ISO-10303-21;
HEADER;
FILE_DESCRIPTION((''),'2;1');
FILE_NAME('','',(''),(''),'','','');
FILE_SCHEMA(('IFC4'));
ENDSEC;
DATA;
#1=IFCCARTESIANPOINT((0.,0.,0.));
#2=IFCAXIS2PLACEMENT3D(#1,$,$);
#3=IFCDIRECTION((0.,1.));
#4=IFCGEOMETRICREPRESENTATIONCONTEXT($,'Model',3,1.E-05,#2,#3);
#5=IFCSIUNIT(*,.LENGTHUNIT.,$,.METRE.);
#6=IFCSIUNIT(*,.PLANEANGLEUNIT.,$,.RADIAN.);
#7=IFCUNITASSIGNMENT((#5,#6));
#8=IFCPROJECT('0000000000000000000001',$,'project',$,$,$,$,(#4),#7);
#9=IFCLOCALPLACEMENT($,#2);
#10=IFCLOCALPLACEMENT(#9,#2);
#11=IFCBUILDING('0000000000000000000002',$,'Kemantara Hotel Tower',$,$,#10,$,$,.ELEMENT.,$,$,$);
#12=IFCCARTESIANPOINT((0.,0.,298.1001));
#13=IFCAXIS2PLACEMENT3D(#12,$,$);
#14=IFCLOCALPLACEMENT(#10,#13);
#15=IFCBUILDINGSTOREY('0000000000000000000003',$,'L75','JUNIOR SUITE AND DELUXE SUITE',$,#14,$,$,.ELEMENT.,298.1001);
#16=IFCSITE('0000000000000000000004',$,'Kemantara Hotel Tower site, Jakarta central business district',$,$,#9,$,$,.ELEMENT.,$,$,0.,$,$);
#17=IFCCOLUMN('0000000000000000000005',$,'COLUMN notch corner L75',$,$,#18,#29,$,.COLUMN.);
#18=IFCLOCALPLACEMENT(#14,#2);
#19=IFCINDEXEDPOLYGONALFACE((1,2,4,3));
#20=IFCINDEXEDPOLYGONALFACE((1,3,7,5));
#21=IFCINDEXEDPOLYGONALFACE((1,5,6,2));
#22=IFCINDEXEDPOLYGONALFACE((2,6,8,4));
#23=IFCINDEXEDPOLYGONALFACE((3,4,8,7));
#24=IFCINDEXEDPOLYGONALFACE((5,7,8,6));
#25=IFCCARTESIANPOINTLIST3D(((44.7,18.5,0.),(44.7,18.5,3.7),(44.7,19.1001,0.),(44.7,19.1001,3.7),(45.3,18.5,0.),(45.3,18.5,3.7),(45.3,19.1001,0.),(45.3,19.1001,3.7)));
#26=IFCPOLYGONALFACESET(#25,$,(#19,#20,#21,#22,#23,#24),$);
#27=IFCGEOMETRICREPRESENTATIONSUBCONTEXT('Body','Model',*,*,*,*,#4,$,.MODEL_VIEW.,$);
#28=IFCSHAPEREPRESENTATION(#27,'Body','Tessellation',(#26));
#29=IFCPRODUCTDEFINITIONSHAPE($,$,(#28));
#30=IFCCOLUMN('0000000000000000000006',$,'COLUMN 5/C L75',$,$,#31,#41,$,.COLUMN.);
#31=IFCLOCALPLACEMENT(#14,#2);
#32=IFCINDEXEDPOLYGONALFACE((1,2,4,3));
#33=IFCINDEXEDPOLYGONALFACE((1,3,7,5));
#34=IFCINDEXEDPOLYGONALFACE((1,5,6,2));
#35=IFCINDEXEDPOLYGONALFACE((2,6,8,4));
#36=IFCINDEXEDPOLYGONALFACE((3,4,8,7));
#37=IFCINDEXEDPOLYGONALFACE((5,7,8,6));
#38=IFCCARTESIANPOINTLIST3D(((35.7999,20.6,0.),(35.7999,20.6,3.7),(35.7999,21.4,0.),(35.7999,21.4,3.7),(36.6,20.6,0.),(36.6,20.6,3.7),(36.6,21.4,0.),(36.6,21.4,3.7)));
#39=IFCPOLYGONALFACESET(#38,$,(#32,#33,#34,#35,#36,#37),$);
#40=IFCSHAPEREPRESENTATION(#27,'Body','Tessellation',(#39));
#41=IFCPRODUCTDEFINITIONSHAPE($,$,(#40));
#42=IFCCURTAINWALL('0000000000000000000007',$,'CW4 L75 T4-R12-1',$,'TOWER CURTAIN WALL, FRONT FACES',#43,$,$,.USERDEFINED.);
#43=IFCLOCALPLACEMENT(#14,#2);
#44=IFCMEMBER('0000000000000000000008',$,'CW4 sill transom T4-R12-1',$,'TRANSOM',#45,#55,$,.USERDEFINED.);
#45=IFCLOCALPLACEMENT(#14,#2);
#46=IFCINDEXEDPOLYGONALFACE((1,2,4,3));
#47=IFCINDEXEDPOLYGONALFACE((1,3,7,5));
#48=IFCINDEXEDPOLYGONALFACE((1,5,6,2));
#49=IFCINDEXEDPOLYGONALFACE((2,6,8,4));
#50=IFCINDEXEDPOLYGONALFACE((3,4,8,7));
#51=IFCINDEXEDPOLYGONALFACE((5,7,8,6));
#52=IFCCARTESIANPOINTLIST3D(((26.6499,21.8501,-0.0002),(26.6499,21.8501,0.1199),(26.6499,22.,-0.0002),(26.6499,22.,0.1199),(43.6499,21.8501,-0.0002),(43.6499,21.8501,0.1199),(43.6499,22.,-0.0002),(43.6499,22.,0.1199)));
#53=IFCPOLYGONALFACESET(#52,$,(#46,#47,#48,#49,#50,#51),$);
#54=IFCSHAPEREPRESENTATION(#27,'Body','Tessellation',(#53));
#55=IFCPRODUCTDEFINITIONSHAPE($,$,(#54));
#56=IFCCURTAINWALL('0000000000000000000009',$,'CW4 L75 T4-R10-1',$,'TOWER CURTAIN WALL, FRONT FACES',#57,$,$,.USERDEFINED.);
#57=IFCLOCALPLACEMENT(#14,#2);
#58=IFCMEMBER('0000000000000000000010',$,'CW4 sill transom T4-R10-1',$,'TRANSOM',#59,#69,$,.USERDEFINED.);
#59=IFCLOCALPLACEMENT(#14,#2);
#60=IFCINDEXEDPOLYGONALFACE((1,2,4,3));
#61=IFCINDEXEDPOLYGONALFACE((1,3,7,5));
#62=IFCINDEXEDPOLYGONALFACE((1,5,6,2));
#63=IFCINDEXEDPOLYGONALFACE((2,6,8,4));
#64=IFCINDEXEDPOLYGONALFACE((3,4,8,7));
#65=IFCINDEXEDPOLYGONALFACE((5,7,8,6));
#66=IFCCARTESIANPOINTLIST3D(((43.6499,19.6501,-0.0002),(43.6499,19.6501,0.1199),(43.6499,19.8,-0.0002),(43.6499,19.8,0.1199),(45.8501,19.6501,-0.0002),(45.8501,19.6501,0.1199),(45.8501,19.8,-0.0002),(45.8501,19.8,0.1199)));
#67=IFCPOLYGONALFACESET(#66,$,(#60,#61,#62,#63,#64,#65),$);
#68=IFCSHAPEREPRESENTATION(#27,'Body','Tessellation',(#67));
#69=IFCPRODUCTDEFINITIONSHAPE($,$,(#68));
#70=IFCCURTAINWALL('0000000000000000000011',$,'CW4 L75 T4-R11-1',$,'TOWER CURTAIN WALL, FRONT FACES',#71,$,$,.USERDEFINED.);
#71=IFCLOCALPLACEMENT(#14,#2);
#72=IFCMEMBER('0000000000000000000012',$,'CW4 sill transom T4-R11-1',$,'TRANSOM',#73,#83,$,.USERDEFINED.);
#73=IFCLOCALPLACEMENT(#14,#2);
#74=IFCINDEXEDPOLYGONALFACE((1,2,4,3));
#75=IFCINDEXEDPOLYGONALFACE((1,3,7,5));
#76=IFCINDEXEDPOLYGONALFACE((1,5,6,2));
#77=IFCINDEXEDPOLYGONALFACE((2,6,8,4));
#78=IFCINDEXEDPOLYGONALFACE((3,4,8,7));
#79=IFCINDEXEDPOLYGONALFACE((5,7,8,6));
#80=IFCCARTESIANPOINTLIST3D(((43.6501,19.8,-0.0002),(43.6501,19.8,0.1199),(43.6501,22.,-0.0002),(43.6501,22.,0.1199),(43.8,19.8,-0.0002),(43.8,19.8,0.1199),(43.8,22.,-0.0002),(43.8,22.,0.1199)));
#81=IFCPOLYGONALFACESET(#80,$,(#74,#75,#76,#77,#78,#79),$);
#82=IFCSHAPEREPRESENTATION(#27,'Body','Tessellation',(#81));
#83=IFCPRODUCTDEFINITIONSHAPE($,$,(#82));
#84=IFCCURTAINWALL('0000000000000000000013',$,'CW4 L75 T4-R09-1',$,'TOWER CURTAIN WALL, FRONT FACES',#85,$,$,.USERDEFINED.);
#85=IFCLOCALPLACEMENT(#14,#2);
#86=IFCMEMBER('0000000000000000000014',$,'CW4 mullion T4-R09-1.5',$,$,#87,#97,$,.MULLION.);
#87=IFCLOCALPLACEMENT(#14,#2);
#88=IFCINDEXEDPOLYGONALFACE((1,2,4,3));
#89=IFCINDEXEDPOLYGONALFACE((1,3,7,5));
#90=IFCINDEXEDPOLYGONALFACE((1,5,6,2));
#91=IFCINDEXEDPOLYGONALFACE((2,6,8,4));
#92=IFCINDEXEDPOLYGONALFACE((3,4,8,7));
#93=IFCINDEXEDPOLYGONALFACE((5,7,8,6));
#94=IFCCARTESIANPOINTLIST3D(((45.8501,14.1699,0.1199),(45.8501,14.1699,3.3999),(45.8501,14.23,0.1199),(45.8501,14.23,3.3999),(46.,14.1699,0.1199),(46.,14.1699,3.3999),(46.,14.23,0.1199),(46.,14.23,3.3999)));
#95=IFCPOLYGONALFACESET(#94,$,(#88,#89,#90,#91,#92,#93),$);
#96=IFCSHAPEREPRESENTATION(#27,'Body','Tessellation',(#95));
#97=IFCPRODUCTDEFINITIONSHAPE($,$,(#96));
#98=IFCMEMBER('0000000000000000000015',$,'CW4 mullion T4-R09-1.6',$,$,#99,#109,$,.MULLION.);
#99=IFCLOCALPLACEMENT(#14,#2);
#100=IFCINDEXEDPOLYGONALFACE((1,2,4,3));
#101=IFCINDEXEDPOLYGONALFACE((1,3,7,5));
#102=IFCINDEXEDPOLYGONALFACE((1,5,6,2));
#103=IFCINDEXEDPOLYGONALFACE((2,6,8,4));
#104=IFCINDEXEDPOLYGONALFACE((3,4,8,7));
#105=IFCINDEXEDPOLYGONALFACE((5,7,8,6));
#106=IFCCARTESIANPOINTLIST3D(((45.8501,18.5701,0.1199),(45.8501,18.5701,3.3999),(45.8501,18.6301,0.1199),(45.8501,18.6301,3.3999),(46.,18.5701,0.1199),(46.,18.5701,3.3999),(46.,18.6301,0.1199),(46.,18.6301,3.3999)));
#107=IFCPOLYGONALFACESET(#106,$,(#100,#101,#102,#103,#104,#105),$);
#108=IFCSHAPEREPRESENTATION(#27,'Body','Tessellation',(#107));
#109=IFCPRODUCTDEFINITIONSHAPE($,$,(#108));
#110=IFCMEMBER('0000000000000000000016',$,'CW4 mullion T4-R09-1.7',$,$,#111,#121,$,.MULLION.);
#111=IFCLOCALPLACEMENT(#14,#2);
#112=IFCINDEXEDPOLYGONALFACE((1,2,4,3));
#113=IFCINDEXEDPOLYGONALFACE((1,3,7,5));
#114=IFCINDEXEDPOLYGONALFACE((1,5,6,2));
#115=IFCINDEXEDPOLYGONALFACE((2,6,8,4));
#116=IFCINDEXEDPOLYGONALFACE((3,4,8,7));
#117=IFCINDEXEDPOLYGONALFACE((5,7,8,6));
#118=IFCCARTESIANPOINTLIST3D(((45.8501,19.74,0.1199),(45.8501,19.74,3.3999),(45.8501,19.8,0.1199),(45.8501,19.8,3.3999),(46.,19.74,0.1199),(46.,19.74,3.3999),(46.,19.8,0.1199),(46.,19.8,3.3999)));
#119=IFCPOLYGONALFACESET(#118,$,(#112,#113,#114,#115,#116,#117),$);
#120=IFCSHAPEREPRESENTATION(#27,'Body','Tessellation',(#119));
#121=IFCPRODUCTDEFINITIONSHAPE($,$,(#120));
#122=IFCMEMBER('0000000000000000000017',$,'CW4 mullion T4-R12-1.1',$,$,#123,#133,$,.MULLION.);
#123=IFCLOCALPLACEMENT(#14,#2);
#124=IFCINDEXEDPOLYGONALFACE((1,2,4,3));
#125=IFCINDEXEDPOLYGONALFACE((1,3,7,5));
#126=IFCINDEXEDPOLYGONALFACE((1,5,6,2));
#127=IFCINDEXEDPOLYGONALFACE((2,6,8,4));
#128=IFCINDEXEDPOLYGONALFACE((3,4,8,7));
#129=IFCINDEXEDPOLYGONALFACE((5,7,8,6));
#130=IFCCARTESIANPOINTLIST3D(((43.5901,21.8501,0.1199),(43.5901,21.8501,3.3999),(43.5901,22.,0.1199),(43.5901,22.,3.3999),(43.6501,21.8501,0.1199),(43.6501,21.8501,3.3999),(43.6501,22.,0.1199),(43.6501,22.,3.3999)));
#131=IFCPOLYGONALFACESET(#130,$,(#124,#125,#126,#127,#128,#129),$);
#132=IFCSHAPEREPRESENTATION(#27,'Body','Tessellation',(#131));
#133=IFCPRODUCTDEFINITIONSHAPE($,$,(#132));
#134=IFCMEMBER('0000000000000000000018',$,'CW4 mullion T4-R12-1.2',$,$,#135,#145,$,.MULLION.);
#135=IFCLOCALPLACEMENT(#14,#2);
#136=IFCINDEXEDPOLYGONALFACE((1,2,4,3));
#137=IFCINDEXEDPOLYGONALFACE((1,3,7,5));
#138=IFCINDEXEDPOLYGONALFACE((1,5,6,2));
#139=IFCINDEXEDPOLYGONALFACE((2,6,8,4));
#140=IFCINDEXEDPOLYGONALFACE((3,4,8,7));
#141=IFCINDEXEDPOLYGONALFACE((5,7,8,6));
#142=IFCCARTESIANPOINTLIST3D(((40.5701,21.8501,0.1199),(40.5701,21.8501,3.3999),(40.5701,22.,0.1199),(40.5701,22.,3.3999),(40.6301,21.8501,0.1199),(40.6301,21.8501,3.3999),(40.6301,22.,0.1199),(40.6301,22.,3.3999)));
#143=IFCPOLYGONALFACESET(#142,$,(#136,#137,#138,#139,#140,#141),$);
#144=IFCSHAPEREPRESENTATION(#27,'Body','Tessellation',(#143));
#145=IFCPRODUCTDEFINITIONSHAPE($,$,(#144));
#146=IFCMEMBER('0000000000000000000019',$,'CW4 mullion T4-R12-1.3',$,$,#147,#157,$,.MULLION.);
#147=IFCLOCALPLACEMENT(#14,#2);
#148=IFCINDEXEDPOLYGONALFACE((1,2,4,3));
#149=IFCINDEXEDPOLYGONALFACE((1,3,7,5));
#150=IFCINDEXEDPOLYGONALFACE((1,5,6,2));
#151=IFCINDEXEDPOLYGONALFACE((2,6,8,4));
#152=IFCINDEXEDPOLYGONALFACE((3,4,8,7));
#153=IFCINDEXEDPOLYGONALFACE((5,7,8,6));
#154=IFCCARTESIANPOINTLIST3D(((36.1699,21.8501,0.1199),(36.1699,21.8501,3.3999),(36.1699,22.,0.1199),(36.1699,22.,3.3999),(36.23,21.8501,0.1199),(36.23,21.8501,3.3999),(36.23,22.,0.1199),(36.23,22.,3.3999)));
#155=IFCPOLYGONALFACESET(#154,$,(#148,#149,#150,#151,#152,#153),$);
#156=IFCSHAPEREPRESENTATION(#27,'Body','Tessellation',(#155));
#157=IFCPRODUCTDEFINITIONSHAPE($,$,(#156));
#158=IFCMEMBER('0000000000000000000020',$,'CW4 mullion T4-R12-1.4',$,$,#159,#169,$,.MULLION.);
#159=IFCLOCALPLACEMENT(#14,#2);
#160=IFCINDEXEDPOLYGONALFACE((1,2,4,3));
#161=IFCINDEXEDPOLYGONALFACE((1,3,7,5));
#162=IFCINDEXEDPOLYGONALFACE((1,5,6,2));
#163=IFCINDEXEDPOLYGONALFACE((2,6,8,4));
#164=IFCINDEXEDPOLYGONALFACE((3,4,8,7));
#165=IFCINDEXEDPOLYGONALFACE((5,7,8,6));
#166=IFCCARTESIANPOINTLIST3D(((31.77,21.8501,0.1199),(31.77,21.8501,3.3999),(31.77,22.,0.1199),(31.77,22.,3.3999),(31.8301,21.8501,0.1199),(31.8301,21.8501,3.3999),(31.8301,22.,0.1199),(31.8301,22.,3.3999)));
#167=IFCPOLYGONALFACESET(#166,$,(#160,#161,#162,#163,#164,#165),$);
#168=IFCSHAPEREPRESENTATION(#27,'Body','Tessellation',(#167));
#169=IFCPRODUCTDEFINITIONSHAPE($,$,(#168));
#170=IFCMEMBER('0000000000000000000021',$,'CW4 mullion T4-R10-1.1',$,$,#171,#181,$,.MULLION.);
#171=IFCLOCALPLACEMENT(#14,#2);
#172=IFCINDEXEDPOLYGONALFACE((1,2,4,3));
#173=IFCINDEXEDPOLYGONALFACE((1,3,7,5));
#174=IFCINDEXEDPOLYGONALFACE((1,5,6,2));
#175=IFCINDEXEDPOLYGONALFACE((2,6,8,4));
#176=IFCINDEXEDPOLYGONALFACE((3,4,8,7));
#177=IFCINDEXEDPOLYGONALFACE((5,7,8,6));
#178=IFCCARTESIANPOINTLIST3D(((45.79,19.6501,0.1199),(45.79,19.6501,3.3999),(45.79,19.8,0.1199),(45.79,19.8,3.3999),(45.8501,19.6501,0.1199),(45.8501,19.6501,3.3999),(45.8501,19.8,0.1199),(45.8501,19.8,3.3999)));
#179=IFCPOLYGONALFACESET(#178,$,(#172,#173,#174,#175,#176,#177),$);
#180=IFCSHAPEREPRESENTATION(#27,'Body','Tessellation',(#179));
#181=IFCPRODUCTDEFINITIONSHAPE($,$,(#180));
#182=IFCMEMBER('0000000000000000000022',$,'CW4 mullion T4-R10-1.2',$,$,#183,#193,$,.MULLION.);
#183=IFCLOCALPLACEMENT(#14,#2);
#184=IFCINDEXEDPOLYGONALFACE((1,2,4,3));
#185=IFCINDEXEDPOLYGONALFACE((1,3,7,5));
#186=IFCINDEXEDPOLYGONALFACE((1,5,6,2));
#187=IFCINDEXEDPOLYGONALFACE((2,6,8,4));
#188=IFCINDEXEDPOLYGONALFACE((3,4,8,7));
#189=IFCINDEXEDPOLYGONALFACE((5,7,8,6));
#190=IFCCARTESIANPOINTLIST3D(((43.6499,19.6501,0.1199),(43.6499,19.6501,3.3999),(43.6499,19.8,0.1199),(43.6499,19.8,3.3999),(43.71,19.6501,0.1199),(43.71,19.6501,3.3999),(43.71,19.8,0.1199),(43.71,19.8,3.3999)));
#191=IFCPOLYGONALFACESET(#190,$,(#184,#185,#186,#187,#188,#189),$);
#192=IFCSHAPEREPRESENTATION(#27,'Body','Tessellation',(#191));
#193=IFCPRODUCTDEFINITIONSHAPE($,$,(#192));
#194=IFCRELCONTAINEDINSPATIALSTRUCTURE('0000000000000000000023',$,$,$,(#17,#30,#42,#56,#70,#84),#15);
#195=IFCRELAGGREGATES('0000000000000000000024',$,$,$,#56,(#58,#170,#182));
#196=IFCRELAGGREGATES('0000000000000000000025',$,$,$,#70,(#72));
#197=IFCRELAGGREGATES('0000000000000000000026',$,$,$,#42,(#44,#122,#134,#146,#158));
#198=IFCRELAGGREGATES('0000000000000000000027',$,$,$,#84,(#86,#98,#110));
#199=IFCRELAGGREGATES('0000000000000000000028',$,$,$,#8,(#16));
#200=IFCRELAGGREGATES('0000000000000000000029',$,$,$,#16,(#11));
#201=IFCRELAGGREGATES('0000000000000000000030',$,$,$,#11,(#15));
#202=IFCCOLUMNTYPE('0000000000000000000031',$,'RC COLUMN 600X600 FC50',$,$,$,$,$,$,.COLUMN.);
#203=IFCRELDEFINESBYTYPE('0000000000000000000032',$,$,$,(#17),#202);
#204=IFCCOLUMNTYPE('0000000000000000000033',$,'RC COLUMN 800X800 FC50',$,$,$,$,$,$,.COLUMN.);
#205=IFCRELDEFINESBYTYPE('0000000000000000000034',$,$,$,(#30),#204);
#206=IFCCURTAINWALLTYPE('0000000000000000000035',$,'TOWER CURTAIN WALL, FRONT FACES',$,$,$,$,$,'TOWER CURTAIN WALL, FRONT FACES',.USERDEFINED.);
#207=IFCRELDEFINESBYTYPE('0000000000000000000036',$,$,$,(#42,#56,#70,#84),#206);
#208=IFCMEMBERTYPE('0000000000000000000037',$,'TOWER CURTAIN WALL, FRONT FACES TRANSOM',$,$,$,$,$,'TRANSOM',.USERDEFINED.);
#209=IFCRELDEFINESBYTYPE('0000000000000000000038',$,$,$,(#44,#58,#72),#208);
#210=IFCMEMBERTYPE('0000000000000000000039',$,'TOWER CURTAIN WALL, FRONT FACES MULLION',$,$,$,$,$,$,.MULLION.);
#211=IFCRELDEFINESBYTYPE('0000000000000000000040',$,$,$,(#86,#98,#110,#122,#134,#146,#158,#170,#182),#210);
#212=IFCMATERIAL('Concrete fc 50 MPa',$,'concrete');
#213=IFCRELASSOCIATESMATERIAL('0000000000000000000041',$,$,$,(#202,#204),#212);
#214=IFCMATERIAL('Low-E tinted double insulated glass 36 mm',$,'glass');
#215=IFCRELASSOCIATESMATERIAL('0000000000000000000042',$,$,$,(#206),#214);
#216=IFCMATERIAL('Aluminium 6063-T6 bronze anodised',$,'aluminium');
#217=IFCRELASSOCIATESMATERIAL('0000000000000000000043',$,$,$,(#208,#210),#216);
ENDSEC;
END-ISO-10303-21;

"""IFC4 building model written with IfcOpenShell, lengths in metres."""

from ifc_helpers import new_model, si_unit, direction, frame, origin, origin_2d, place, context, subcontext, project, spatial, rectangle, extrude, source, transform, mapped, material, material_profile, profile_set, type_object, element, aggregate, save


model = new_model("IFC4")

# Units and contexts
model_context = context("Model", 3, precision=1e-05, world=origin(), true_north=direction((0.0, 1.0)))
body_context = subcontext(model_context, "Body", "Model", "MODEL_VIEW")
ifc_project = project(units=[si_unit("LENGTHUNIT", "METRE"), si_unit("PLANEANGLEUNIT", "RADIAN")], contexts=[model_context])

# Site, building, storey
site_placement = place(None, origin())
site = spatial("IfcSite", under=ifc_project, at=site_placement, Name="Kemantara Hotel Tower site, Jakarta central business district", CompositionType="ELEMENT", RefElevation=0.0)
building_placement = place(site_placement, origin())
building = spatial("IfcBuilding", under=site, at=building_placement, Name="Kemantara Hotel Tower", CompositionType="ELEMENT")
storey_placement = place(building_placement, frame((0.0, 0.0, 298.1001)))
storey = spatial("IfcBuildingStorey", under=building, at=storey_placement, Name="L75", Description="JUNIOR SUITE AND DELUXE SUITE", CompositionType="ELEMENT", Elevation=298.1001)

# Columns
ifc_material_1 = material(Name="Concrete fc 50 MPa", Category="concrete")
ifc_material_profile_1 = material_profile(ifc_material_1, rectangle(XDim=0.6001, YDim=0.6001, at=origin_2d()), Name="RC 600X600")
ifc_profile_set_1 = profile_set([ifc_material_profile_1], Name="Concrete fc 50 MPa")
column_type_1 = type_object("IfcColumnType", Name="RC COLUMN 600X600 FC50", PredefinedType="COLUMN", material=ifc_profile_set_1)
column_1_placement = place(storey_placement, frame((45.0, 18.8, 0.0), z_axis=(0.0, 0.0, 1.0), x_axis=(1.0, 0.0, 0.0)))
element("IfcColumn", 1, at=column_1_placement, inside=storey, type_object=column_type_1, Name="COLUMN notch corner L75", PredefinedType="COLUMN", context=body_context, shape_type="SweptSolid", body=[
    extrude(rectangle(XDim=0.6001, YDim=0.6001, at=origin_2d()), origin(), (0.0, 0.0, 1.0), 3.7),
])
ifc_material_profile_2 = material_profile(ifc_material_1, rectangle(XDim=0.8, YDim=0.8, at=origin_2d()), Name="RC 800X800")
ifc_profile_set_2 = profile_set([ifc_material_profile_2], Name="Concrete fc 50 MPa")
column_type_2 = type_object("IfcColumnType", Name="RC COLUMN 800X800 FC50", PredefinedType="COLUMN", material=ifc_profile_set_2)
column_2_placement = place(storey_placement, frame((36.2, 21.0, 0.0), z_axis=(0.0, 0.0, 1.0), x_axis=(1.0, 0.0, 0.0)))
element("IfcColumn", 2, at=column_2_placement, inside=storey, type_object=column_type_2, Name="COLUMN 5/C L75", PredefinedType="COLUMN", context=body_context, shape_type="SweptSolid", body=[
    extrude(rectangle(XDim=0.8, YDim=0.8, at=origin_2d()), origin(), (0.0, 0.0, 1.0), 3.7),
])

# Curtain walls, members
ifc_material_2 = material(Name="Low-E tinted double insulated glass 36 mm", Category="glass")
curtain_wall_type = type_object("IfcCurtainWallType", Name="TOWER CURTAIN WALL, FRONT FACES", ElementType="TOWER CURTAIN WALL, FRONT FACES", PredefinedType="USERDEFINED", material=ifc_material_2)
curtain_wall_1_placement = place(storey_placement, origin())
curtain_wall_1 = element("IfcCurtainWall", 3, at=curtain_wall_1_placement, inside=storey, type_object=curtain_wall_type, Name="CW4 L75 T4-R12-1", ObjectType="TOWER CURTAIN WALL, FRONT FACES", PredefinedType="USERDEFINED")
ifc_material_3 = material(Name="Aluminium 6063-T6 bronze anodised", Category="aluminium")
ifc_material_profile_3 = material_profile(ifc_material_3, rectangle(XDim=0.1499, YDim=0.1201, at=origin_2d()), Name="TOWER CURTAIN WALL, FRONT FACES TRANSOM")
ifc_profile_set_3 = profile_set([ifc_material_profile_3], Name="Aluminium 6063-T6 bronze anodised")
member_type_1 = type_object("IfcMemberType", Name="TOWER CURTAIN WALL, FRONT FACES TRANSOM", ElementType="TRANSOM", PredefinedType="USERDEFINED", material=ifc_profile_set_3)
member_1_placement = place(storey_placement, frame((43.6499, 21.925, 0.0598), z_axis=(-1.0, 0.0, 0.0), x_axis=(0.0, -1.0, 0.0)))
member_1 = element("IfcMember", 4, at=member_1_placement, type_object=member_type_1, Name="CW4 sill transom T4-R12-1", ObjectType="TRANSOM", PredefinedType="USERDEFINED", context=body_context, shape_type="SweptSolid", body=[
    extrude(rectangle(XDim=0.1499, YDim=0.1201, at=origin_2d()), origin(), (0.0, 0.0, 1.0), 17.0),
])
curtain_wall_2_placement = place(storey_placement, origin())
curtain_wall_2 = element("IfcCurtainWall", 5, at=curtain_wall_2_placement, inside=storey, type_object=curtain_wall_type, Name="CW4 L75 T4-R10-1", ObjectType="TOWER CURTAIN WALL, FRONT FACES", PredefinedType="USERDEFINED")
member_2_placement = place(storey_placement, frame((45.8501, 19.7251, 0.0598), z_axis=(-1.0, 0.0, 0.0), x_axis=(0.0, -1.0, 0.0)))
member_2 = element("IfcMember", 6, at=member_2_placement, type_object=member_type_1, Name="CW4 sill transom T4-R10-1", ObjectType="TRANSOM", PredefinedType="USERDEFINED", context=body_context, shape_type="SweptSolid", body=[
    extrude(rectangle(XDim=0.1499, YDim=0.1201, at=origin_2d()), origin(), (0.0, 0.0, 1.0), 2.2002),
])
curtain_wall_3_placement = place(storey_placement, origin())
curtain_wall_3 = element("IfcCurtainWall", 7, at=curtain_wall_3_placement, inside=storey, type_object=curtain_wall_type, Name="CW4 L75 T4-R11-1", ObjectType="TOWER CURTAIN WALL, FRONT FACES", PredefinedType="USERDEFINED")
member_3_placement = place(storey_placement, frame((43.7251, 19.8, 0.0598), z_axis=(0.0, 1.0, 0.0), x_axis=(-1.0, 0.0, 0.0)))
member_3 = element("IfcMember", 8, at=member_3_placement, type_object=member_type_1, Name="CW4 sill transom T4-R11-1", ObjectType="TRANSOM", PredefinedType="USERDEFINED", context=body_context, shape_type="SweptSolid", body=[
    extrude(rectangle(XDim=0.1499, YDim=0.1201, at=origin_2d()), origin(), (0.0, 0.0, 1.0), 2.2),
])

# Curtain wall, members
curtain_wall_4_placement = place(storey_placement, origin())
curtain_wall_4 = element("IfcCurtainWall", 9, at=curtain_wall_4_placement, inside=storey, type_object=curtain_wall_type, Name="CW4 L75 T4-R09-1", ObjectType="TOWER CURTAIN WALL, FRONT FACES", PredefinedType="USERDEFINED")
ifc_material_profile_4 = material_profile(ifc_material_3, rectangle(XDim=0.1499, YDim=0.0601, at=origin_2d()), Name="TOWER CURTAIN WALL, FRONT FACES MULLION")
ifc_profile_set_4 = profile_set([ifc_material_profile_4], Name="Aluminium 6063-T6 bronze anodised")
member_type_2 = type_object("IfcMemberType", Name="TOWER CURTAIN WALL, FRONT FACES MULLION", PredefinedType="MULLION", material=ifc_profile_set_4)
shared_shape_1 = source(origin(), body_context, "Body", "SweptSolid", [
    extrude(rectangle(XDim=0.1499, YDim=0.0601, at=origin_2d()), origin(), (0.0, 0.0, 1.0), 3.28),
])
member_4_placement = place(storey_placement, frame((45.925, 14.2, 0.1199), z_axis=(0.0, 0.0, 1.0), x_axis=(-1.0, 0.0, 0.0)))
member_4 = element("IfcMember", 10, at=member_4_placement, type_object=member_type_2, Name="CW4 mullion T4-R09-1.5", PredefinedType="MULLION", context=body_context, shape_type="MappedRepresentation", body=[
    mapped(shared_shape_1, transform((0.0, 0.0, 0.0))),
])
member_5_placement = place(storey_placement, frame((45.925, 18.6001, 0.1199), z_axis=(0.0, 0.0, 1.0), x_axis=(-1.0, 0.0, 0.0)))
member_5 = element("IfcMember", 11, at=member_5_placement, type_object=member_type_2, Name="CW4 mullion T4-R09-1.6", PredefinedType="MULLION", context=body_context, shape_type="MappedRepresentation", body=[
    mapped(shared_shape_1, transform((0.0, 0.0, 0.0))),
])
member_6_placement = place(storey_placement, frame((45.925, 19.77, 0.1199), z_axis=(0.0, 0.0, 1.0), x_axis=(-1.0, 0.0, 0.0)))
member_6 = element("IfcMember", 12, at=member_6_placement, type_object=member_type_2, Name="CW4 mullion T4-R09-1.7", PredefinedType="MULLION", context=body_context, shape_type="MappedRepresentation", body=[
    mapped(shared_shape_1, transform((0.0, 0.0, 0.0))),
])

# Members
member_7_placement = place(storey_placement, frame((43.6201, 21.925, 0.1199), z_axis=(0.0, 0.0, 1.0), x_axis=(0.0, -1.0, 0.0)))
member_7 = element("IfcMember", 13, at=member_7_placement, type_object=member_type_2, Name="CW4 mullion T4-R12-1.1", PredefinedType="MULLION", context=body_context, shape_type="MappedRepresentation", body=[
    mapped(shared_shape_1, transform((0.0, 0.0, 0.0))),
])
member_8_placement = place(storey_placement, frame((40.6001, 21.925, 0.1199), z_axis=(0.0, 0.0, 1.0), x_axis=(0.0, -1.0, 0.0)))
member_8 = element("IfcMember", 14, at=member_8_placement, type_object=member_type_2, Name="CW4 mullion T4-R12-1.2", PredefinedType="MULLION", context=body_context, shape_type="MappedRepresentation", body=[
    mapped(shared_shape_1, transform((0.0, 0.0, 0.0))),
])
member_9_placement = place(storey_placement, frame((36.2, 21.925, 0.1199), z_axis=(0.0, 0.0, 1.0), x_axis=(0.0, -1.0, 0.0)))
member_9 = element("IfcMember", 15, at=member_9_placement, type_object=member_type_2, Name="CW4 mullion T4-R12-1.3", PredefinedType="MULLION", context=body_context, shape_type="MappedRepresentation", body=[
    mapped(shared_shape_1, transform((0.0, 0.0, 0.0))),
])
member_10_placement = place(storey_placement, frame((31.8, 21.925, 0.1199), z_axis=(0.0, 0.0, 1.0), x_axis=(0.0, -1.0, 0.0)))
member_10 = element("IfcMember", 16, at=member_10_placement, type_object=member_type_2, Name="CW4 mullion T4-R12-1.4", PredefinedType="MULLION", context=body_context, shape_type="MappedRepresentation", body=[
    mapped(shared_shape_1, transform((0.0, 0.0, 0.0))),
])
member_11_placement = place(storey_placement, frame((45.8201, 19.7251, 0.1199), z_axis=(0.0, 0.0, 1.0), x_axis=(0.0, -1.0, 0.0)))
member_11 = element("IfcMember", 17, at=member_11_placement, type_object=member_type_2, Name="CW4 mullion T4-R10-1.1", PredefinedType="MULLION", context=body_context, shape_type="MappedRepresentation", body=[
    mapped(shared_shape_1, transform((0.0, 0.0, 0.0))),
])
member_12_placement = place(storey_placement, frame((43.6799, 19.7251, 0.1199), z_axis=(0.0, 0.0, 1.0), x_axis=(0.0, -1.0, 0.0)))
member_12 = element("IfcMember", 18, at=member_12_placement, type_object=member_type_2, Name="CW4 mullion T4-R10-1.2", PredefinedType="MULLION", context=body_context, shape_type="MappedRepresentation", body=[
    mapped(shared_shape_1, transform((0.0, 0.0, 0.0))),
])

aggregate(curtain_wall_2, [member_2, member_11, member_12])
aggregate(curtain_wall_3, [member_3])
aggregate(curtain_wall_1, [member_1, member_7, member_8, member_9, member_10])
aggregate(curtain_wall_4, [member_4, member_5, member_6])

save(model, "model.ifc")
